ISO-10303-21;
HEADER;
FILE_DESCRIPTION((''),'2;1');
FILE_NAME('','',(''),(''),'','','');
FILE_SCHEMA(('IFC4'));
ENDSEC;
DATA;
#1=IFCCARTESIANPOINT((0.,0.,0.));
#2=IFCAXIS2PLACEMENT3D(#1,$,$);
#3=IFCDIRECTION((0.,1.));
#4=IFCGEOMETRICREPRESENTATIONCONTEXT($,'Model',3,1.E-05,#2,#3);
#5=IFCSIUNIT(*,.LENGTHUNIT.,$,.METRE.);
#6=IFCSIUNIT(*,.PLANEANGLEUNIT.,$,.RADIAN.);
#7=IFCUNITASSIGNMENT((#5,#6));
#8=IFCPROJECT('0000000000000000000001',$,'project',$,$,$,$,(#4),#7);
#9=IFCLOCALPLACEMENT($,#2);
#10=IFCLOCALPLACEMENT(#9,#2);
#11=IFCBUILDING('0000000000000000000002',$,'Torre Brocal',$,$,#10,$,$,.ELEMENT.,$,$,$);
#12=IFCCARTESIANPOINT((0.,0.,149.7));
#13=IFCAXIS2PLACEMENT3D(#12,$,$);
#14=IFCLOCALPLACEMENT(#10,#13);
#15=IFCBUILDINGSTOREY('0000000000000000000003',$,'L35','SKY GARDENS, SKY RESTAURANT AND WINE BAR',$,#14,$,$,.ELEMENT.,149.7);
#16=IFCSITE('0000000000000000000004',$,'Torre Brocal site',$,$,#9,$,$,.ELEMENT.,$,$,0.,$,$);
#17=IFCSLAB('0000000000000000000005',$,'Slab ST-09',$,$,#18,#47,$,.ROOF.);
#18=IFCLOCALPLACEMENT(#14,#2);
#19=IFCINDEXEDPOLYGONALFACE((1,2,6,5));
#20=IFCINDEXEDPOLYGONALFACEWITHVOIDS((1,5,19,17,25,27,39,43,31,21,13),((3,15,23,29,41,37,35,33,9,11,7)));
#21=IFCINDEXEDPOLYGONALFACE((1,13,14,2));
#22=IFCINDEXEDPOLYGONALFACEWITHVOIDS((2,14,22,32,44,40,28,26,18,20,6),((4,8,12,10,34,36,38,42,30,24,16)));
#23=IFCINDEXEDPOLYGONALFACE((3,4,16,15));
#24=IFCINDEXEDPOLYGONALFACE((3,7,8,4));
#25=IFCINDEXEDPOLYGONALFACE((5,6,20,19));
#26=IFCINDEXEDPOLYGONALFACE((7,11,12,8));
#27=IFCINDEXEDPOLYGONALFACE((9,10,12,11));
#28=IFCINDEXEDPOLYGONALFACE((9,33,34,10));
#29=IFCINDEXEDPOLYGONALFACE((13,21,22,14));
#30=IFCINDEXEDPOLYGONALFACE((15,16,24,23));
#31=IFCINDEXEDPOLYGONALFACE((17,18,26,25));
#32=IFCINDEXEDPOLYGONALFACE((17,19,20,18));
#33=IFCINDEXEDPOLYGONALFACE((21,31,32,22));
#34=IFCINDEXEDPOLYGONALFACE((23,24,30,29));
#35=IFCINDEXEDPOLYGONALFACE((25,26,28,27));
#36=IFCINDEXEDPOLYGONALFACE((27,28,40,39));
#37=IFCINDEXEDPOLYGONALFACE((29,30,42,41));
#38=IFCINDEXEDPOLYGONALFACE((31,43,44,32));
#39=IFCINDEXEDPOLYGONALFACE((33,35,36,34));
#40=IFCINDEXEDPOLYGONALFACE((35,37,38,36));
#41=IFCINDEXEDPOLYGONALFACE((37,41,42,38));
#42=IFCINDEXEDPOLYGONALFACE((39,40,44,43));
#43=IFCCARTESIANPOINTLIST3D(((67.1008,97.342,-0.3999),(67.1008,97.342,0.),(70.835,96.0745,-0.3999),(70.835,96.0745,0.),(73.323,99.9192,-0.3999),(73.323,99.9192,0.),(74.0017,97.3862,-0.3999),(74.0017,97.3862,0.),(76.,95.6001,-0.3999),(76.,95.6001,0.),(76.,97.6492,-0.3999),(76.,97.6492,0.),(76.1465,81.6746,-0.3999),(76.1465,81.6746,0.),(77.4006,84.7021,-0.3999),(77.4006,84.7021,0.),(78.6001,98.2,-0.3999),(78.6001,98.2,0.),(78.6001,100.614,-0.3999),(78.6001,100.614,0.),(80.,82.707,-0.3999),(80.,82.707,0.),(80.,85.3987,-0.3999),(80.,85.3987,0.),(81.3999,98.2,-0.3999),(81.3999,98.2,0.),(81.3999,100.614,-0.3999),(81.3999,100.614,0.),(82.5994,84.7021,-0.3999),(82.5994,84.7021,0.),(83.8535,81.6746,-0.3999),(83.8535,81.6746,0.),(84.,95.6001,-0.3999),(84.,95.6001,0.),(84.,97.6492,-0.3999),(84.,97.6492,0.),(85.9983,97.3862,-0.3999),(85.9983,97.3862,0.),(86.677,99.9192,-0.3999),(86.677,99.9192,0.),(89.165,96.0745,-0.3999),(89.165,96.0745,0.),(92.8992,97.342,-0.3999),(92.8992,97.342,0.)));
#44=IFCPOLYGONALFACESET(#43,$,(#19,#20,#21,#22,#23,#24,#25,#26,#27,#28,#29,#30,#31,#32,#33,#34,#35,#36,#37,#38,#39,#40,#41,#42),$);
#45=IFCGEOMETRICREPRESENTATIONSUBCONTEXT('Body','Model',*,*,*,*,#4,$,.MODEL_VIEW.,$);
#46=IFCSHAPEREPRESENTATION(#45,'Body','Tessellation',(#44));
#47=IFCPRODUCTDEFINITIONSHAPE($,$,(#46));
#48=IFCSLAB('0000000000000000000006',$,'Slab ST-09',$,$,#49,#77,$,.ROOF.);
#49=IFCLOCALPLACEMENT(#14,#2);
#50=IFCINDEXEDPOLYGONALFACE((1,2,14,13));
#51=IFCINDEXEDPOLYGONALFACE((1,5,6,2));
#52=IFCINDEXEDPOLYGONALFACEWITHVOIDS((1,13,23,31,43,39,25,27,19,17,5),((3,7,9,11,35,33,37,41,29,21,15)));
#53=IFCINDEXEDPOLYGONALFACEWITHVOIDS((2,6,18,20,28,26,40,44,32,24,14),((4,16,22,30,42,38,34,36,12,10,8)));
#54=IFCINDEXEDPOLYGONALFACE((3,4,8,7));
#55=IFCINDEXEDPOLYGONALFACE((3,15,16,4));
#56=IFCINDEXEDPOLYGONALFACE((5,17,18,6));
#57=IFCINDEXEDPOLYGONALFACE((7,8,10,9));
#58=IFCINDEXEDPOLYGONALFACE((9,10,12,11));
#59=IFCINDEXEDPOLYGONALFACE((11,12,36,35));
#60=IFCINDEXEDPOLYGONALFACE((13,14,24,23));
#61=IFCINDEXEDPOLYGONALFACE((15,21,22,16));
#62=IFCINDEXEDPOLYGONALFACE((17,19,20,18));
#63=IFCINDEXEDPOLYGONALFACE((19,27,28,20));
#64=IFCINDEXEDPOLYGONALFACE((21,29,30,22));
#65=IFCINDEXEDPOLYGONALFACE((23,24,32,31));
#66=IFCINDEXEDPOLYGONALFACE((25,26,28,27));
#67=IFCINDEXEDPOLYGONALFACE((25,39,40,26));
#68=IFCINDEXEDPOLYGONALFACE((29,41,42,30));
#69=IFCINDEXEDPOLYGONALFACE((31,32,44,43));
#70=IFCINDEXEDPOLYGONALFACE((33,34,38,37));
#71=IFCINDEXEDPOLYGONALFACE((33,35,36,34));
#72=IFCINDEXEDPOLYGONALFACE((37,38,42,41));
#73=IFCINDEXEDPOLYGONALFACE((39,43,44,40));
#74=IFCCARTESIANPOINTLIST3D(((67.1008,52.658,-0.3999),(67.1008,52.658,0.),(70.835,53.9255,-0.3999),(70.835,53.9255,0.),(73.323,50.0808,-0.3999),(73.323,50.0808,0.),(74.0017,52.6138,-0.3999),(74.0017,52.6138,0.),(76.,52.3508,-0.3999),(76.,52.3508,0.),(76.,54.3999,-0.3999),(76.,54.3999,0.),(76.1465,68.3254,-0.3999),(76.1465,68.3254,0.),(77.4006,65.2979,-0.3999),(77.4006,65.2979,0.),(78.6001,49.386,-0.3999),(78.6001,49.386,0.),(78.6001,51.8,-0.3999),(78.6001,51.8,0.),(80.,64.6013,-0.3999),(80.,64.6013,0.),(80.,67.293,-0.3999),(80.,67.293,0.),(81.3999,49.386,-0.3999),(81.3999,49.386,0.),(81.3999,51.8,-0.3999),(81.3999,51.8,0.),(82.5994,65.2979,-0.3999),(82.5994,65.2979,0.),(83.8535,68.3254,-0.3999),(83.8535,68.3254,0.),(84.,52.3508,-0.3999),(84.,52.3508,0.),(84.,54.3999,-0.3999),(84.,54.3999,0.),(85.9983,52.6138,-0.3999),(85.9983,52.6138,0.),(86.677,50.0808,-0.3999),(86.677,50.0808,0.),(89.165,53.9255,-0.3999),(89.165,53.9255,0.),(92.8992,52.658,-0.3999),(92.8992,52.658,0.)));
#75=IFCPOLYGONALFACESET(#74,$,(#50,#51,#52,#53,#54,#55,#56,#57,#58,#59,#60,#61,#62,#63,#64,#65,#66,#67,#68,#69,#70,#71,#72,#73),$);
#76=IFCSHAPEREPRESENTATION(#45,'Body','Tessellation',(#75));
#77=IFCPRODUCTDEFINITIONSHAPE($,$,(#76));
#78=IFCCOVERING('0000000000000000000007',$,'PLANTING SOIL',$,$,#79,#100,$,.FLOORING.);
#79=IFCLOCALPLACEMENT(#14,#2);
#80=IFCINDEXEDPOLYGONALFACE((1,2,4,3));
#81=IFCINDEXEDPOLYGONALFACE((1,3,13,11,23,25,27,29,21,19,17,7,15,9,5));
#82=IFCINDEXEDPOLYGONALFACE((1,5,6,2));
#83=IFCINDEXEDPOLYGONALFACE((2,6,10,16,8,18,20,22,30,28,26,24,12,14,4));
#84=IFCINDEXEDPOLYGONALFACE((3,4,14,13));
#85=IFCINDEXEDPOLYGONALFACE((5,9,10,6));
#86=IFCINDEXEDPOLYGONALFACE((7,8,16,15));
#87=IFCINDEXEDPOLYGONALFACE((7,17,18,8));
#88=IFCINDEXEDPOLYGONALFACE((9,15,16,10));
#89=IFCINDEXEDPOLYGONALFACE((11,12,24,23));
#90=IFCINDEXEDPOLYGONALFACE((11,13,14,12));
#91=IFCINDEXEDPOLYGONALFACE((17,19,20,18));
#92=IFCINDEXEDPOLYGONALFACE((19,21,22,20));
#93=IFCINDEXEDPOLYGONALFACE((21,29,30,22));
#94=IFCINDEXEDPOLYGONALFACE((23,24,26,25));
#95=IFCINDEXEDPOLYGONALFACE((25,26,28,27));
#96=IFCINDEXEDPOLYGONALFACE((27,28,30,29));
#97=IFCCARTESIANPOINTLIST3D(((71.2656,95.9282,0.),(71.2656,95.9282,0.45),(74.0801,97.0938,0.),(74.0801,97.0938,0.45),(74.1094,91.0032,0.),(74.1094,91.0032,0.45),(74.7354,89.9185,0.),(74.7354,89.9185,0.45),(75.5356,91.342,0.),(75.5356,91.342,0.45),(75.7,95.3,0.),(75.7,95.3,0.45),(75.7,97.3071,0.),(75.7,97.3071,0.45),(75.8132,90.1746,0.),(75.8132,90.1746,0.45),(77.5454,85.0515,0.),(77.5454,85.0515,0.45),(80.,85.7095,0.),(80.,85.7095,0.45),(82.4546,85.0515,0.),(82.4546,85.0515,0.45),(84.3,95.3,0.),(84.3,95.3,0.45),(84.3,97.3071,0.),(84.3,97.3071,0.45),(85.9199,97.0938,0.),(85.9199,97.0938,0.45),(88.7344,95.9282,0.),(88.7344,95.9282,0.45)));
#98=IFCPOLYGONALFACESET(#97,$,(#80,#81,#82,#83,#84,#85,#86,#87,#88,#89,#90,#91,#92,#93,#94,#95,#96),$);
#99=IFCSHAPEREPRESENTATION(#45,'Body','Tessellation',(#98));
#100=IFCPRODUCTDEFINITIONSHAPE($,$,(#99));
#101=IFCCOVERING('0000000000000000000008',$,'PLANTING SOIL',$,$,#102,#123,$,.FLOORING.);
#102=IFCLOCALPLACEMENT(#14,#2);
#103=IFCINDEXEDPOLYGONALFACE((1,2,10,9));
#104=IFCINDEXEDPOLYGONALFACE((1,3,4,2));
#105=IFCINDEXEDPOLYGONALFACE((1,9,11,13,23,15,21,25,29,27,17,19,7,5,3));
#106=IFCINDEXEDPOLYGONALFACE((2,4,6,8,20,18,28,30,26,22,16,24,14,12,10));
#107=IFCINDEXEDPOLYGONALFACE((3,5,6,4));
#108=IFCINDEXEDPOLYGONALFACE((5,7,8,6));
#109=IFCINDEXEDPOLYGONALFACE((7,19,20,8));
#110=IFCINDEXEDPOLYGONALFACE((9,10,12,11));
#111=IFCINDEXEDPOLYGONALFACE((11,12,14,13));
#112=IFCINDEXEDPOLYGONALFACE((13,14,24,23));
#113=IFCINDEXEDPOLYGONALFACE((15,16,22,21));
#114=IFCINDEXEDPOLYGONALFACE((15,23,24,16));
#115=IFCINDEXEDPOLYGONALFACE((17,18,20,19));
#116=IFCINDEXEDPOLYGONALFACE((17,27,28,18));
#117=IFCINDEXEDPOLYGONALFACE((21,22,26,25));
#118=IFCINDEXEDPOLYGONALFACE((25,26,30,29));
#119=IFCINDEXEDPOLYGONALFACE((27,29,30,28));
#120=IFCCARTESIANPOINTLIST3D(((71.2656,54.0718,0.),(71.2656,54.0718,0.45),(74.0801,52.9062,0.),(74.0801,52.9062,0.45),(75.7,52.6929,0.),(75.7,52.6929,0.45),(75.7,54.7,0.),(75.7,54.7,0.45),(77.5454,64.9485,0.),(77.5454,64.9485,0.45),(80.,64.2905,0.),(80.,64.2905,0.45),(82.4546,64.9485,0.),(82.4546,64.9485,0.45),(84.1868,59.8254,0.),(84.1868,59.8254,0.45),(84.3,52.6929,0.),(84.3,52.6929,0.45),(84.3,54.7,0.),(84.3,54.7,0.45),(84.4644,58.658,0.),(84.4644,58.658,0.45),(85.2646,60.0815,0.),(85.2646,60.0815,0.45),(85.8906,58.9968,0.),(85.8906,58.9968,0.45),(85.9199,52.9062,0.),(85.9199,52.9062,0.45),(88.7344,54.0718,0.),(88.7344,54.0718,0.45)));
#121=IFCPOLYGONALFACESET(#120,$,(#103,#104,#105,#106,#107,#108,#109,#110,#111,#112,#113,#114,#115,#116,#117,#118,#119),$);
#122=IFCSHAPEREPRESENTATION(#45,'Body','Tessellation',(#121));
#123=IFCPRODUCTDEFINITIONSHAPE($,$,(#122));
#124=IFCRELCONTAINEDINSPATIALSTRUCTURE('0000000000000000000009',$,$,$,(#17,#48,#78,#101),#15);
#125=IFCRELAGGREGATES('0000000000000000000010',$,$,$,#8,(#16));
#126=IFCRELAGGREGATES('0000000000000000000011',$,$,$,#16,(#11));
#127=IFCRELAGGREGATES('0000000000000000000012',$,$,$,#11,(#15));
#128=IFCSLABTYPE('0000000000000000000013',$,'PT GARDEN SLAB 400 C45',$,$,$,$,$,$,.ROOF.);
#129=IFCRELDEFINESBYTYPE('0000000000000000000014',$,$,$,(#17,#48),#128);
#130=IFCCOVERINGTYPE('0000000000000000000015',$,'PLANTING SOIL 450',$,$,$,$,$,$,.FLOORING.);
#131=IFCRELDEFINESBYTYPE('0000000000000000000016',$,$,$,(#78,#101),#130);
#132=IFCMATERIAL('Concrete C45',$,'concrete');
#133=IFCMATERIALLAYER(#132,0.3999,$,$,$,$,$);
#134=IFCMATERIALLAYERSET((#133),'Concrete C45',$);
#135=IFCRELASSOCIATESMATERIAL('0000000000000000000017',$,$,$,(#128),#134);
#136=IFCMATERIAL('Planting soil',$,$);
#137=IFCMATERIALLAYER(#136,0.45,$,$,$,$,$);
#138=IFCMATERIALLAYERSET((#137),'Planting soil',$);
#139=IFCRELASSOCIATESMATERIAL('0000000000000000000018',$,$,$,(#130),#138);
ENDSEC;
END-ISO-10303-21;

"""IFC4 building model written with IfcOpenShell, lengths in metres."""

from ifc_helpers import new_model, si_unit, direction, frame, origin, place, context, subcontext, project, spatial, polyline, outline, extrude, material, layer, layer_set, type_object, element, save


model = new_model("IFC4")

# Units and contexts
model_context = context("Model", 3, precision=1e-05, world=origin(), true_north=direction((0.0, 1.0)))
body_context = subcontext(model_context, "Body", "Model", "MODEL_VIEW")
ifc_project = project(units=[si_unit("LENGTHUNIT", "METRE"), si_unit("PLANEANGLEUNIT", "RADIAN")], contexts=[model_context])

# Site, building, storey
site_placement = place(None, origin())
site = spatial("IfcSite", under=ifc_project, at=site_placement, Name="Torre Brocal site", CompositionType="ELEMENT", RefElevation=0.0)
building_placement = place(site_placement, origin())
building = spatial("IfcBuilding", under=site, at=building_placement, Name="Torre Brocal", CompositionType="ELEMENT")
storey_placement = place(building_placement, frame((0.0, 0.0, 149.7)))
storey = spatial("IfcBuildingStorey", under=building, at=storey_placement, Name="L35", Description="SKY GARDENS, SKY RESTAURANT AND WINE BAR", CompositionType="ELEMENT", Elevation=149.7)

# Slabs
ifc_material_1 = material(Name="Concrete C45", Category="concrete")
ifc_layer_1 = layer(ifc_material_1, 0.3999)
ifc_layer_set_1 = layer_set([ifc_layer_1], Name="Concrete C45")
slab_type_1 = type_object("IfcSlabType", Name="PT GARDEN SLAB 400 C45", PredefinedType="ROOF", material=ifc_layer_set_1)
slab_1_placement = place(storey_placement, frame((0.0, 0.0, -0.3999)))
element("IfcSlab", 1, at=slab_1_placement, inside=storey, type_object=slab_type_1, Name="Slab ST-09", PredefinedType="ROOF", context=body_context, shape_type="SweptSolid", body=[
    extrude(outline(polyline([(78.6001, 98.2), (81.3999, 98.2), (81.3999, 100.614), (86.677, 99.9192), (92.8992, 97.342), (83.8535, 81.6746), (80.0, 82.707), (76.1465, 81.6746), (67.1008, 97.342), (73.323, 99.9192), (78.6001, 100.614), (78.6001, 98.2)]), holes=[polyline([(77.4006, 84.7021), (80.0, 85.3987), (82.5994, 84.7021), (89.165, 96.0745), (85.9983, 97.3862), (84.0, 97.6492), (84.0, 95.6001), (76.0, 95.6001), (76.0, 97.6492), (74.0017, 97.3862), (70.835, 96.0745), (77.4006, 84.7021)])]), origin(), (0.0, 0.0, 1.0), 0.3999),
])
slab_2_placement = place(storey_placement, frame((0.0, 0.0, -0.3999)))
element("IfcSlab", 2, at=slab_2_placement, inside=storey, type_object=slab_type_1, Name="Slab ST-09", PredefinedType="ROOF", context=body_context, shape_type="SweptSolid", body=[
    extrude(outline(polyline([(78.6001, 51.8), (78.6001, 49.386), (73.323, 50.0808), (67.1008, 52.658), (76.1465, 68.3254), (80.0, 67.293), (83.8535, 68.3254), (92.8992, 52.658), (86.677, 50.0808), (81.3999, 49.386), (81.3999, 51.8), (78.6001, 51.8)]), holes=[polyline([(84.0, 54.3999), (84.0, 52.3508), (85.9983, 52.6138), (89.165, 53.9255), (82.5994, 65.2979), (80.0, 64.6013), (77.4006, 65.2979), (70.835, 53.9255), (74.0017, 52.6138), (76.0, 52.3508), (76.0, 54.3999), (84.0, 54.3999)])]), origin(), (0.0, 0.0, 1.0), 0.3999),
])

# Coverings
ifc_material_2 = material(Name="Planting soil")
ifc_layer_2 = layer(ifc_material_2, 0.45)
ifc_layer_set_2 = layer_set([ifc_layer_2], Name="Planting soil")
covering_type = type_object("IfcCoveringType", Name="PLANTING SOIL 450", PredefinedType="FLOORING", material=ifc_layer_set_2)
covering_1_placement = place(storey_placement, origin())
element("IfcCovering", 3, at=covering_1_placement, inside=storey, type_object=covering_type, Name="PLANTING SOIL", PredefinedType="FLOORING", context=body_context, shape_type="SweptSolid", body=[
    extrude(outline(polyline([(75.7, 97.3071), (75.7, 95.3), (84.3, 95.3), (84.3, 97.3071), (85.9199, 97.0938), (88.7344, 95.9282), (82.4546, 85.0515), (80.0, 85.7095), (77.5454, 85.0515), (74.7354, 89.9185), (75.8132, 90.1746), (75.5356, 91.342), (74.1094, 91.0032), (71.2656, 95.9282), (74.0801, 97.0938), (75.7, 97.3071)])), origin(), (0.0, 0.0, 1.0), 0.45),
])
covering_2_placement = place(storey_placement, origin())
element("IfcCovering", 4, at=covering_2_placement, inside=storey, type_object=covering_type, Name="PLANTING SOIL", PredefinedType="FLOORING", context=body_context, shape_type="SweptSolid", body=[
    extrude(outline(polyline([(74.0801, 52.9062), (71.2656, 54.0718), (77.5454, 64.9485), (80.0, 64.2905), (82.4546, 64.9485), (85.2646, 60.0815), (84.1868, 59.8254), (84.4644, 58.658), (85.8906, 58.9968), (88.7344, 54.0718), (85.9199, 52.9062), (84.3, 52.6929), (84.3, 54.7), (75.7, 54.7), (75.7, 52.6929), (74.0801, 52.9062)])), origin(), (0.0, 0.0, 1.0), 0.45),
])

save(model, "model.ifc")
